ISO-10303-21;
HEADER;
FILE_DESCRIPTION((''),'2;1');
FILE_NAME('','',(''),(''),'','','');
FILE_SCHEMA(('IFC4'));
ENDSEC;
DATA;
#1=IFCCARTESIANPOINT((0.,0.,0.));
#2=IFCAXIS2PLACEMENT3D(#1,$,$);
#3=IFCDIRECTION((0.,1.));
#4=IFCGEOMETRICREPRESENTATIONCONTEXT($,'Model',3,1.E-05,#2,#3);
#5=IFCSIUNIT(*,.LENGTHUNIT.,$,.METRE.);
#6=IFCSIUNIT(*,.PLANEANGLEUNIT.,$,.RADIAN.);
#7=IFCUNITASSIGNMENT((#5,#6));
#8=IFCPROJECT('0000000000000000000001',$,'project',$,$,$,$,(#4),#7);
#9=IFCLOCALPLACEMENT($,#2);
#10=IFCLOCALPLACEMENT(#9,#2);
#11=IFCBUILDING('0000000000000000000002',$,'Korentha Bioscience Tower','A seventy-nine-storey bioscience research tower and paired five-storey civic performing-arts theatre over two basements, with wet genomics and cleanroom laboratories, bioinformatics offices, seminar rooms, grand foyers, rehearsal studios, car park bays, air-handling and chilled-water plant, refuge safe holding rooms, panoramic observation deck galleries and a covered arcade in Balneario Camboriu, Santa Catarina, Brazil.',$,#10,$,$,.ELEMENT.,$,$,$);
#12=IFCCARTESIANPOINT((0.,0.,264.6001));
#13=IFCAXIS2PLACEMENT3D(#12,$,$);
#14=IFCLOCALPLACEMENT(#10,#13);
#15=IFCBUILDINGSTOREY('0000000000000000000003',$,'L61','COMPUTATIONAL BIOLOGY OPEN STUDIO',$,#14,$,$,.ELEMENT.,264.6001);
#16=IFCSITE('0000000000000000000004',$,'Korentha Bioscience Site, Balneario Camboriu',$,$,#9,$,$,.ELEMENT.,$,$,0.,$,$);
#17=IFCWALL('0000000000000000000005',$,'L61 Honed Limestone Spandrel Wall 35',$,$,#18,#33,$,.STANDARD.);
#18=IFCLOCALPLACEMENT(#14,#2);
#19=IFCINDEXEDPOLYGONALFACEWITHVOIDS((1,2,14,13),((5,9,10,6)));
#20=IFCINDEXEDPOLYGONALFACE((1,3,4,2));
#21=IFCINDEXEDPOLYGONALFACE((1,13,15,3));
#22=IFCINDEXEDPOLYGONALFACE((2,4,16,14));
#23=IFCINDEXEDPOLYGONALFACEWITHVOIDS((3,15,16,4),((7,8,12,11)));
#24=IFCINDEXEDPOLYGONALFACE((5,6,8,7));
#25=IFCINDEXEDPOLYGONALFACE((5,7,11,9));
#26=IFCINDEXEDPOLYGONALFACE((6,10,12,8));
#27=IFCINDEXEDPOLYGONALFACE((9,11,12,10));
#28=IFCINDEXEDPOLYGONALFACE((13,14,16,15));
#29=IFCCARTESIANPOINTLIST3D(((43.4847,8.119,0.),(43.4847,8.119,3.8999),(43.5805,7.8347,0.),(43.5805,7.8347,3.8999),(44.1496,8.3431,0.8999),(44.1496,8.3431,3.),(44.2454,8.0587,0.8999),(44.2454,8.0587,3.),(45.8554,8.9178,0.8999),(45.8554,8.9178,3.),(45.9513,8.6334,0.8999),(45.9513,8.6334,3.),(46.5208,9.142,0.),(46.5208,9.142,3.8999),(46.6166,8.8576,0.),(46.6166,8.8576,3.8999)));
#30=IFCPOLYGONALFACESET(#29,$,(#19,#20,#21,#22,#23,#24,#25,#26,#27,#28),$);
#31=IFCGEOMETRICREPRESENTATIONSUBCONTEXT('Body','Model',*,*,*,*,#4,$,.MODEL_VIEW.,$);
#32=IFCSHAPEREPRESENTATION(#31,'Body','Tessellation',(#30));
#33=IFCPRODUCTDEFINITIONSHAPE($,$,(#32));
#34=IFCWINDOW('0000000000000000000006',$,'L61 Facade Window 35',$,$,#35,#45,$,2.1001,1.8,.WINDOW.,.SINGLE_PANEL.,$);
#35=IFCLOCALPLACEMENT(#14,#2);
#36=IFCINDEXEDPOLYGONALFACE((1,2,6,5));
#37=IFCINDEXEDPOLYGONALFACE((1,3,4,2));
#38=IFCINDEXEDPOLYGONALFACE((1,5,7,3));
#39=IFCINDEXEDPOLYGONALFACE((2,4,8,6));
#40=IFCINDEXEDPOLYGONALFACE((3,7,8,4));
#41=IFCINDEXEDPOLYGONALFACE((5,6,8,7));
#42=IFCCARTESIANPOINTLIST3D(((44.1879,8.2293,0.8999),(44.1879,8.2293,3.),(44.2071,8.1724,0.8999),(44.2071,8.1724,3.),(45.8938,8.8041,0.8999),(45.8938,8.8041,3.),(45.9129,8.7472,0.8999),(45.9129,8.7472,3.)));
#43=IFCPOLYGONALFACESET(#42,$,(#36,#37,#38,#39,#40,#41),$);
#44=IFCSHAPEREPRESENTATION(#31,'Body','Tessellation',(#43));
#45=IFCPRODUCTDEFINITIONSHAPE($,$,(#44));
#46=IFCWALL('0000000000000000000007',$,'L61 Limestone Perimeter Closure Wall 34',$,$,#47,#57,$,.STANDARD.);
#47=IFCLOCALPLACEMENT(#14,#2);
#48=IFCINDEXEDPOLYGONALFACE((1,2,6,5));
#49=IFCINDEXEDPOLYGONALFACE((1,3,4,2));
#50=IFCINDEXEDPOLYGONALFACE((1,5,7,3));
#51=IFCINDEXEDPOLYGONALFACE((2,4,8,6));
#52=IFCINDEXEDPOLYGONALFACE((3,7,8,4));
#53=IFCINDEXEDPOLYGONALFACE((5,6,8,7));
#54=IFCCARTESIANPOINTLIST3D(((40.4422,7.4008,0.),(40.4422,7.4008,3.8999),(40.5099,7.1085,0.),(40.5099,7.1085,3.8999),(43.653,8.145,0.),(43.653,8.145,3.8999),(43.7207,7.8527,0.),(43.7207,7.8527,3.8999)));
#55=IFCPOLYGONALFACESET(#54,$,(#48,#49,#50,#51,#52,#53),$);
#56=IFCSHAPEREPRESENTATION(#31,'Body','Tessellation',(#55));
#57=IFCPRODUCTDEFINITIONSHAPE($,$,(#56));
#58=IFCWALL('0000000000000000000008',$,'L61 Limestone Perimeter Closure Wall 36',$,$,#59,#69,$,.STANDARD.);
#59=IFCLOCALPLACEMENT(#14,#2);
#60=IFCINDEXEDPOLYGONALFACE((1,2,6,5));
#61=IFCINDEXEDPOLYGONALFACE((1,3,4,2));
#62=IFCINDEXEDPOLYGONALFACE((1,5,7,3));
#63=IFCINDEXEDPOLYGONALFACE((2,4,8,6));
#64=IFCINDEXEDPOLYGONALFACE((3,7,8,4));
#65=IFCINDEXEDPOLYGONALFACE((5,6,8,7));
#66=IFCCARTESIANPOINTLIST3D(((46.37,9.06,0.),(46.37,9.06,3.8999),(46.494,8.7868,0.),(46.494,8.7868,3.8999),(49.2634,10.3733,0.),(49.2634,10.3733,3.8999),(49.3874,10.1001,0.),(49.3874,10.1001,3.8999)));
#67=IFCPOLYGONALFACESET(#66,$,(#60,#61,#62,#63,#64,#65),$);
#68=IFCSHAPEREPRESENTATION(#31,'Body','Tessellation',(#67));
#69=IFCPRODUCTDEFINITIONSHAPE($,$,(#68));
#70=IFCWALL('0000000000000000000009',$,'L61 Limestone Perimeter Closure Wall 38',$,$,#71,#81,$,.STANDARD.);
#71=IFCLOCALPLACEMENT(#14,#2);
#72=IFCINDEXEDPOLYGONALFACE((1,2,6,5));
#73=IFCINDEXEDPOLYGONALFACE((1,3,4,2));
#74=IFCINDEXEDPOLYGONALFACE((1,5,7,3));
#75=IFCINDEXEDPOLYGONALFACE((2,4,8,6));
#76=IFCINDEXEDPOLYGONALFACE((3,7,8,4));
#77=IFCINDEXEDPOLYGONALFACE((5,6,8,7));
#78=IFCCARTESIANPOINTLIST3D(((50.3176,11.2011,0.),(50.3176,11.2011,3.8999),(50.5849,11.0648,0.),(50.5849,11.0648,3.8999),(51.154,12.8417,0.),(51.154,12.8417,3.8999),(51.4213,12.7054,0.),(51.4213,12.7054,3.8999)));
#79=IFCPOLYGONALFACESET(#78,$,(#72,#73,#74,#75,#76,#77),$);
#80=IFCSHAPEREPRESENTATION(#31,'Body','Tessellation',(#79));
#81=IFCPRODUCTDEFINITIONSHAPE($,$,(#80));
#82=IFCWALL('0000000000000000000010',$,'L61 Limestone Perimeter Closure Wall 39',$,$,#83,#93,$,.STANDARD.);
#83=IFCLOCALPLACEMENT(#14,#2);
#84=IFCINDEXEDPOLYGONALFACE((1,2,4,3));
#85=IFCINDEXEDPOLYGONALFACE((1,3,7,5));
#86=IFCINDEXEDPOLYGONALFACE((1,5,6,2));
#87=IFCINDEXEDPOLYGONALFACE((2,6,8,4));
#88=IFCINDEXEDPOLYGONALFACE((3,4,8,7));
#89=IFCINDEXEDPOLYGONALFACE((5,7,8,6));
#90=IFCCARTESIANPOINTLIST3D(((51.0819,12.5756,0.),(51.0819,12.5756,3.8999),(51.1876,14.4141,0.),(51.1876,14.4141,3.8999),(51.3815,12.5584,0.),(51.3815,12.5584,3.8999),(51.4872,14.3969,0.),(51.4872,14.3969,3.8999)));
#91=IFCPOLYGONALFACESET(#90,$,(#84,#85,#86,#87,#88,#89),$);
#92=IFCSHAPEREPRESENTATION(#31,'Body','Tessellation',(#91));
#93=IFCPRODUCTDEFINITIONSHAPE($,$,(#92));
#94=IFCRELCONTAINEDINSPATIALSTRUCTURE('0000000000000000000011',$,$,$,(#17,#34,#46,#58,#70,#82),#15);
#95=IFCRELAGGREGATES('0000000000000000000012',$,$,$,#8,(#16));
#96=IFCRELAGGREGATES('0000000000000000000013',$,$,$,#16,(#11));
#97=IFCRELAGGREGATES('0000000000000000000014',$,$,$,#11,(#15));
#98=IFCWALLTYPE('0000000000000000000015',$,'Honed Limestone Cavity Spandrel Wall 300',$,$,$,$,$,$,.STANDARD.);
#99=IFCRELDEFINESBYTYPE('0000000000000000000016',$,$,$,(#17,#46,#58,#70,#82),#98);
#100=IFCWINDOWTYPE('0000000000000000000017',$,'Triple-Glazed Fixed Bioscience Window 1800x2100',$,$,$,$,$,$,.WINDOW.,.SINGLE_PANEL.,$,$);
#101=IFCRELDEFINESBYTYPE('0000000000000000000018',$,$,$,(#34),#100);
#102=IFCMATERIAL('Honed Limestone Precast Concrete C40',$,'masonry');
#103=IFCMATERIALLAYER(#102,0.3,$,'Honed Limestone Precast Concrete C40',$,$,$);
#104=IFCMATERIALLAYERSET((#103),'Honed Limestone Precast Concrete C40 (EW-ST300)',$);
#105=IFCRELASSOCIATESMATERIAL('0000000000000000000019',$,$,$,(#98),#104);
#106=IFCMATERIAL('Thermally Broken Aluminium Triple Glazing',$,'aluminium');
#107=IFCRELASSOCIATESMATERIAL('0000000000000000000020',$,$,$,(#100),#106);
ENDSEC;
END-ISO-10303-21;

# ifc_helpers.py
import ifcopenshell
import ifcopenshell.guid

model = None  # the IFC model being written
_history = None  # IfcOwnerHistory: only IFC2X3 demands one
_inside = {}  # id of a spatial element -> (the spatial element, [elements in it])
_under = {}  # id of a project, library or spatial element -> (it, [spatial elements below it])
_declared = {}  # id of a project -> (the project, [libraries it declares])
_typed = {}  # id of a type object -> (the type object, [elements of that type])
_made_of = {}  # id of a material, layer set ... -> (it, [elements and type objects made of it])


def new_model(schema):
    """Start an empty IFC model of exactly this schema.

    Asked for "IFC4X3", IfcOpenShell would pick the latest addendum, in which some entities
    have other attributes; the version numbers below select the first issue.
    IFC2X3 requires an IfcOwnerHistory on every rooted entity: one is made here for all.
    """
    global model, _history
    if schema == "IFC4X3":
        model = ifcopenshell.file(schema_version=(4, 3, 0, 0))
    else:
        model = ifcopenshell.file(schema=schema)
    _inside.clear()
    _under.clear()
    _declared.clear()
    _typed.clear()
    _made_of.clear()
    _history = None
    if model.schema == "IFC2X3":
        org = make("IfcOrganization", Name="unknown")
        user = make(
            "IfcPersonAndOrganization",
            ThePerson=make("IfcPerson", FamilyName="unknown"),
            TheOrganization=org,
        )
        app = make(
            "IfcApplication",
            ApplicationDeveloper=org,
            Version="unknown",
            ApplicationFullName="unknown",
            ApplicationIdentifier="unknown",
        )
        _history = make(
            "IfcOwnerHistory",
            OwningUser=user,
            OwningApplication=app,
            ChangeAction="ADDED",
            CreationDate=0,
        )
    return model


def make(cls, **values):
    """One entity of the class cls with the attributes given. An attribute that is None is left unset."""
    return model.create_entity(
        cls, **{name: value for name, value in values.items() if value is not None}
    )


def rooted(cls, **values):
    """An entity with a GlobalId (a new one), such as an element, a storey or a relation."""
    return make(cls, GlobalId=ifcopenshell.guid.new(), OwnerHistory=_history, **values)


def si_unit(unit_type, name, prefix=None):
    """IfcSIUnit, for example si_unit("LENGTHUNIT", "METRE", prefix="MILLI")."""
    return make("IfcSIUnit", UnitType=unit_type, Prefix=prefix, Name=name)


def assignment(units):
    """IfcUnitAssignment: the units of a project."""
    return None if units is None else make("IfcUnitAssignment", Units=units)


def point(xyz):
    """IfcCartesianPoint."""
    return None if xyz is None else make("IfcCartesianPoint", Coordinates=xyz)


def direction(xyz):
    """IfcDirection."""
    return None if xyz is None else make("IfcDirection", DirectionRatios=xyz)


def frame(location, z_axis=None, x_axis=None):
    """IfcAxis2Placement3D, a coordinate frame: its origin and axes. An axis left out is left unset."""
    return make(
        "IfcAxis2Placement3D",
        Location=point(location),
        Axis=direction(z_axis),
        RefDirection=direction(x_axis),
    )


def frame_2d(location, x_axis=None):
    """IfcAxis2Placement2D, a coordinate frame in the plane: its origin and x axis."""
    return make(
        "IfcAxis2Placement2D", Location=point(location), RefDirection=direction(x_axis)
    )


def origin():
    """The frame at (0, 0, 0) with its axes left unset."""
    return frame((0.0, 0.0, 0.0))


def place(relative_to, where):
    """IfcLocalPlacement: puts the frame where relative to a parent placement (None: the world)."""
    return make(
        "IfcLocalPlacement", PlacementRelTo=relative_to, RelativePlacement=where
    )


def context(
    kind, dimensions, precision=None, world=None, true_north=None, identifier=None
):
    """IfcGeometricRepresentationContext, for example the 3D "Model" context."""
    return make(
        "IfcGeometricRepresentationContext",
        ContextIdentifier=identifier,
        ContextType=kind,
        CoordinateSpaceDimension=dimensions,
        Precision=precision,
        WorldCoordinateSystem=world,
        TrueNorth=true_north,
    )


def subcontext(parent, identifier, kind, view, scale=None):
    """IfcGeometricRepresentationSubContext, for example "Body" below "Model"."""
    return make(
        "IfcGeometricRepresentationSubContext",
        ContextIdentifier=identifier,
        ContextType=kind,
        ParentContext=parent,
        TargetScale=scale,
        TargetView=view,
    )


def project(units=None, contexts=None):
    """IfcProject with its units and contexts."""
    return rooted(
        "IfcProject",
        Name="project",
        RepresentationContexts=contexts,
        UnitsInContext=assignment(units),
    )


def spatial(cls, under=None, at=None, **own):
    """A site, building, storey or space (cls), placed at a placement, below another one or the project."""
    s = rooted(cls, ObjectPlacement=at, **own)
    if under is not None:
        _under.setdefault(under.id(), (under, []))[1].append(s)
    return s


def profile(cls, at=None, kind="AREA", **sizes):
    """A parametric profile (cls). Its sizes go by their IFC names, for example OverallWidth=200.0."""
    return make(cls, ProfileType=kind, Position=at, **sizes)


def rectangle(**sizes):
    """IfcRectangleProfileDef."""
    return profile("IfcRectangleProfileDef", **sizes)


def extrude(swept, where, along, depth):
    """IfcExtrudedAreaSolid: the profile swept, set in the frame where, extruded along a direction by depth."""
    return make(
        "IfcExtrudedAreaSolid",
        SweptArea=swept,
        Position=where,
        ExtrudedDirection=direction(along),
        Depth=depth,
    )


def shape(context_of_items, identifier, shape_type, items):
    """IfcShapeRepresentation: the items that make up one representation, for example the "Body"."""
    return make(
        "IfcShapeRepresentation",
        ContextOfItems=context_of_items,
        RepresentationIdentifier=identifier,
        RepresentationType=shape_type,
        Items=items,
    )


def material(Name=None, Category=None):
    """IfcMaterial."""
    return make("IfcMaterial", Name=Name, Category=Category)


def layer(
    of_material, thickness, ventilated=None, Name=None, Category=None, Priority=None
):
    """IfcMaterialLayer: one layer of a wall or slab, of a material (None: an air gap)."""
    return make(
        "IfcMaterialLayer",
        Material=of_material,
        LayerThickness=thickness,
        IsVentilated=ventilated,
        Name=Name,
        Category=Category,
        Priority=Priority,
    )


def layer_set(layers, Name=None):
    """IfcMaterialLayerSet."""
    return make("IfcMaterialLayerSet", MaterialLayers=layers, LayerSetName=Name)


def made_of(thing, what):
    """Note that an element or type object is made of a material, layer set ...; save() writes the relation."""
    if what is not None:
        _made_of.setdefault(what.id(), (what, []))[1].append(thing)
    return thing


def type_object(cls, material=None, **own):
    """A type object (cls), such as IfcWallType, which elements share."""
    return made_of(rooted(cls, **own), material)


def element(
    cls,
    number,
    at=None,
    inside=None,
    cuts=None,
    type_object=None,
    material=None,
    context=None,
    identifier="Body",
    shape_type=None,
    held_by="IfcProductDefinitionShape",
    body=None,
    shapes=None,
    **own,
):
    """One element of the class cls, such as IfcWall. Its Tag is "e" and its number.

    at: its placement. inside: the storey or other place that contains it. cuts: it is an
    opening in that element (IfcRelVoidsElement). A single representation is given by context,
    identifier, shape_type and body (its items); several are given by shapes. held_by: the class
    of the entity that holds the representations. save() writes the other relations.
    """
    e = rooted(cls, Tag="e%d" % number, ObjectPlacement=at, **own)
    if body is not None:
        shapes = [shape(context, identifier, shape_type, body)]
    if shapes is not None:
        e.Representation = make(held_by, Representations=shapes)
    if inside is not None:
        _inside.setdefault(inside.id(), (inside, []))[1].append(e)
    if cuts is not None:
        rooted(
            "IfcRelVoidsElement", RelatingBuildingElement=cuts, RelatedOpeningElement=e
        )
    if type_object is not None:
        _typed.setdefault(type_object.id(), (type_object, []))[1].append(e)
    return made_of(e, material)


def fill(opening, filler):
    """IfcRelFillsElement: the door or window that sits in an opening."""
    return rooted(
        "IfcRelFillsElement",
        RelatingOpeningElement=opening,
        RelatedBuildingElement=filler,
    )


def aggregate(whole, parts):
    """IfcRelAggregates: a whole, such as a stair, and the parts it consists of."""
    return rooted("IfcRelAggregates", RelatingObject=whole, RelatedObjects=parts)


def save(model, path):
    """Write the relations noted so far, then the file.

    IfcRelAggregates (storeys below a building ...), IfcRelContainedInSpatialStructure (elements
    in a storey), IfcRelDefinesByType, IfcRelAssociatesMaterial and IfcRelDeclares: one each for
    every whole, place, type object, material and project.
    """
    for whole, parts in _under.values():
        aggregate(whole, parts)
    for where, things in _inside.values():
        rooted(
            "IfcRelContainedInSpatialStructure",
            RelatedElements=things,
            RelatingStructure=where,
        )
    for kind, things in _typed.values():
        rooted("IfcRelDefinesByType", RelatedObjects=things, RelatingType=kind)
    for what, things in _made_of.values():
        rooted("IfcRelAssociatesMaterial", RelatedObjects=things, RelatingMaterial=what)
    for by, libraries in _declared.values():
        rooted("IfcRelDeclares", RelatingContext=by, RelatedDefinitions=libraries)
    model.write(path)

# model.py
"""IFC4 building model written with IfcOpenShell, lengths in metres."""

from ifc_helpers import new_model, si_unit, direction, frame, frame_2d, origin, place, context, subcontext, project, spatial, rectangle, extrude, material, layer, layer_set, type_object, element, fill, save


model = new_model("IFC4")

# Units and contexts
model_context = context("Model", 3, precision=1e-05, world=origin(), true_north=direction((0.0, 1.0)))
body_context = subcontext(model_context, "Body", "Model", "MODEL_VIEW")
ifc_project = project(units=[si_unit("LENGTHUNIT", "METRE"), si_unit("PLANEANGLEUNIT", "RADIAN")], contexts=[model_context])

# Site, building, storey
site_placement = place(None, origin())
site = spatial("IfcSite", under=ifc_project, at=site_placement, Name="Korentha Bioscience Site, Balneario Camboriu", CompositionType="ELEMENT", RefElevation=0.0)
building_placement = place(site_placement, origin())
building = spatial("IfcBuilding", under=site, at=building_placement, Name="Korentha Bioscience Tower", Description="A seventy-nine-storey bioscience research tower and paired five-storey civic performing-arts theatre over two basements, with wet genomics and cleanroom laboratories, bioinformatics offices, seminar rooms, grand foyers, rehearsal studios, car park bays, air-handling and chilled-water plant, refuge safe holding rooms, panoramic observation deck galleries and a covered arcade in Balneario Camboriu, Santa Catarina, Brazil.", CompositionType="ELEMENT")
storey_placement = place(building_placement, frame((0.0, 0.0, 264.6001)))
storey = spatial("IfcBuildingStorey", under=building, at=storey_placement, Name="L61", Description="COMPUTATIONAL BIOLOGY OPEN STUDIO", CompositionType="ELEMENT", Elevation=264.6001)

# Wall, opening, window
ifc_material_1 = material(Name="Honed Limestone Precast Concrete C40", Category="masonry")
ifc_layer_1 = layer(ifc_material_1, 0.3, Name="Honed Limestone Precast Concrete C40")
ifc_layer_set_1 = layer_set([ifc_layer_1], Name="Honed Limestone Precast Concrete C40 (EW-ST300)")
wall_type_1 = type_object("IfcWallType", Name="Honed Limestone Cavity Spandrel Wall 300", PredefinedType="STANDARD", material=ifc_layer_set_1)
wall_1_placement = place(storey_placement, frame((43.5325, 7.9768, 0.0), z_axis=(0.0, 0.0, 1.0), x_axis=(0.947657, 0.319289, 0.0)))
wall_1 = element("IfcWall", 1, at=wall_1_placement, inside=storey, type_object=wall_type_1, Name="L61 Honed Limestone Spandrel Wall 35", PredefinedType="STANDARD", context=body_context, shape_type="SweptSolid", body=[
    extrude(rectangle(XDim=3.2039, YDim=0.3, at=frame_2d((1.6021, 0.0))), origin(), (0.0, 0.0, 1.0), 3.8999),
])
opening_1_placement = place(wall_1_placement, frame((0.7019, 0.0, 0.8999)))
opening_1 = element("IfcOpeningElement", 2, at=opening_1_placement, cuts=wall_1, PredefinedType="OPENING", context=body_context, shape_type="SweptSolid", body=[
    extrude(rectangle(XDim=1.8, YDim=2.1001, at=frame_2d((0.8999, 1.05))), frame((0.0, 0.165, 0.0), z_axis=(0.0, -1.0, 0.0), x_axis=(1.0, 0.0, 0.0)), (0.0, 0.0, 1.0), 0.3298),
])
ifc_material_2 = material(Name="Thermally Broken Aluminium Triple Glazing", Category="aluminium")
window_type = type_object("IfcWindowType", Name="Triple-Glazed Fixed Bioscience Window 1800x2100", PartitioningType="SINGLE_PANEL", PredefinedType="WINDOW", material=ifc_material_2)
window_placement = place(opening_1_placement, origin())
window = element("IfcWindow", 3, at=window_placement, inside=storey, type_object=window_type, Name="L61 Facade Window 35", OverallHeight=2.1001, OverallWidth=1.8, PartitioningType="SINGLE_PANEL", PredefinedType="WINDOW", context=body_context, shape_type="SweptSolid", body=[
    extrude(rectangle(XDim=1.8, YDim=2.1001, at=frame_2d((0.8999, 1.05))), frame((0.0, 0.03, 0.0), z_axis=(0.0, -1.0, 0.0), x_axis=(1.0, 0.0, 0.0)), (0.0, 0.0, 1.0), 0.0601),
])
fill(opening_1, window)

# Walls
wall_2_placement = place(storey_placement, frame((40.4761, 7.2546, 0.0), z_axis=(0.0, 0.0, 1.0), x_axis=(0.974177, 0.225785, 0.0)))
element("IfcWall", 4, at=wall_2_placement, inside=storey, type_object=wall_type_1, Name="L61 Limestone Perimeter Closure Wall 34", PredefinedType="STANDARD", context=body_context, shape_type="SweptSolid", body=[
    extrude(rectangle(XDim=3.2959, YDim=0.3, at=frame_2d((1.6479, 0.0))), origin(), (0.0, 0.0, 1.0), 3.8999),
])
wall_3_placement = place(storey_placement, frame((46.4319, 8.9233, 0.0), z_axis=(0.0, 0.0, 1.0), x_axis=(0.910593, 0.413305, 0.0)))
element("IfcWall", 5, at=wall_3_placement, inside=storey, type_object=wall_type_1, Name="L61 Limestone Perimeter Closure Wall 36", PredefinedType="STANDARD", context=body_context, shape_type="SweptSolid", body=[
    extrude(rectangle(XDim=3.1775, YDim=0.3, at=frame_2d((1.5889, 0.0))), origin(), (0.0, 0.0, 1.0), 3.8999),
])
for number, where, z_axis, x_axis, name in (
    (6, (50.4512, 11.1328, 0.0), (0.0, 0.0, 1.0), (0.4542, 0.8909, 0.0), "L61 Limestone Perimeter Closure Wall 38"),
    (7, (51.2317, 12.5669, 0.0), (0.0, 0.0, 1.0), (0.057401, 0.998351, 0.0), "L61 Limestone Perimeter Closure Wall 39"),
):
    element("IfcWall", number, at=place(storey_placement, frame(where, z_axis=z_axis, x_axis=x_axis)), inside=storey, type_object=wall_type_1, Name=name, PredefinedType="STANDARD", context=body_context, shape_type="SweptSolid", body=[
        extrude(rectangle(XDim=1.8416, YDim=0.3, at=frame_2d((0.9209, 0.0))), origin(), (0.0, 0.0, 1.0), 3.8999),
    ])

save(model, "model.ifc")
